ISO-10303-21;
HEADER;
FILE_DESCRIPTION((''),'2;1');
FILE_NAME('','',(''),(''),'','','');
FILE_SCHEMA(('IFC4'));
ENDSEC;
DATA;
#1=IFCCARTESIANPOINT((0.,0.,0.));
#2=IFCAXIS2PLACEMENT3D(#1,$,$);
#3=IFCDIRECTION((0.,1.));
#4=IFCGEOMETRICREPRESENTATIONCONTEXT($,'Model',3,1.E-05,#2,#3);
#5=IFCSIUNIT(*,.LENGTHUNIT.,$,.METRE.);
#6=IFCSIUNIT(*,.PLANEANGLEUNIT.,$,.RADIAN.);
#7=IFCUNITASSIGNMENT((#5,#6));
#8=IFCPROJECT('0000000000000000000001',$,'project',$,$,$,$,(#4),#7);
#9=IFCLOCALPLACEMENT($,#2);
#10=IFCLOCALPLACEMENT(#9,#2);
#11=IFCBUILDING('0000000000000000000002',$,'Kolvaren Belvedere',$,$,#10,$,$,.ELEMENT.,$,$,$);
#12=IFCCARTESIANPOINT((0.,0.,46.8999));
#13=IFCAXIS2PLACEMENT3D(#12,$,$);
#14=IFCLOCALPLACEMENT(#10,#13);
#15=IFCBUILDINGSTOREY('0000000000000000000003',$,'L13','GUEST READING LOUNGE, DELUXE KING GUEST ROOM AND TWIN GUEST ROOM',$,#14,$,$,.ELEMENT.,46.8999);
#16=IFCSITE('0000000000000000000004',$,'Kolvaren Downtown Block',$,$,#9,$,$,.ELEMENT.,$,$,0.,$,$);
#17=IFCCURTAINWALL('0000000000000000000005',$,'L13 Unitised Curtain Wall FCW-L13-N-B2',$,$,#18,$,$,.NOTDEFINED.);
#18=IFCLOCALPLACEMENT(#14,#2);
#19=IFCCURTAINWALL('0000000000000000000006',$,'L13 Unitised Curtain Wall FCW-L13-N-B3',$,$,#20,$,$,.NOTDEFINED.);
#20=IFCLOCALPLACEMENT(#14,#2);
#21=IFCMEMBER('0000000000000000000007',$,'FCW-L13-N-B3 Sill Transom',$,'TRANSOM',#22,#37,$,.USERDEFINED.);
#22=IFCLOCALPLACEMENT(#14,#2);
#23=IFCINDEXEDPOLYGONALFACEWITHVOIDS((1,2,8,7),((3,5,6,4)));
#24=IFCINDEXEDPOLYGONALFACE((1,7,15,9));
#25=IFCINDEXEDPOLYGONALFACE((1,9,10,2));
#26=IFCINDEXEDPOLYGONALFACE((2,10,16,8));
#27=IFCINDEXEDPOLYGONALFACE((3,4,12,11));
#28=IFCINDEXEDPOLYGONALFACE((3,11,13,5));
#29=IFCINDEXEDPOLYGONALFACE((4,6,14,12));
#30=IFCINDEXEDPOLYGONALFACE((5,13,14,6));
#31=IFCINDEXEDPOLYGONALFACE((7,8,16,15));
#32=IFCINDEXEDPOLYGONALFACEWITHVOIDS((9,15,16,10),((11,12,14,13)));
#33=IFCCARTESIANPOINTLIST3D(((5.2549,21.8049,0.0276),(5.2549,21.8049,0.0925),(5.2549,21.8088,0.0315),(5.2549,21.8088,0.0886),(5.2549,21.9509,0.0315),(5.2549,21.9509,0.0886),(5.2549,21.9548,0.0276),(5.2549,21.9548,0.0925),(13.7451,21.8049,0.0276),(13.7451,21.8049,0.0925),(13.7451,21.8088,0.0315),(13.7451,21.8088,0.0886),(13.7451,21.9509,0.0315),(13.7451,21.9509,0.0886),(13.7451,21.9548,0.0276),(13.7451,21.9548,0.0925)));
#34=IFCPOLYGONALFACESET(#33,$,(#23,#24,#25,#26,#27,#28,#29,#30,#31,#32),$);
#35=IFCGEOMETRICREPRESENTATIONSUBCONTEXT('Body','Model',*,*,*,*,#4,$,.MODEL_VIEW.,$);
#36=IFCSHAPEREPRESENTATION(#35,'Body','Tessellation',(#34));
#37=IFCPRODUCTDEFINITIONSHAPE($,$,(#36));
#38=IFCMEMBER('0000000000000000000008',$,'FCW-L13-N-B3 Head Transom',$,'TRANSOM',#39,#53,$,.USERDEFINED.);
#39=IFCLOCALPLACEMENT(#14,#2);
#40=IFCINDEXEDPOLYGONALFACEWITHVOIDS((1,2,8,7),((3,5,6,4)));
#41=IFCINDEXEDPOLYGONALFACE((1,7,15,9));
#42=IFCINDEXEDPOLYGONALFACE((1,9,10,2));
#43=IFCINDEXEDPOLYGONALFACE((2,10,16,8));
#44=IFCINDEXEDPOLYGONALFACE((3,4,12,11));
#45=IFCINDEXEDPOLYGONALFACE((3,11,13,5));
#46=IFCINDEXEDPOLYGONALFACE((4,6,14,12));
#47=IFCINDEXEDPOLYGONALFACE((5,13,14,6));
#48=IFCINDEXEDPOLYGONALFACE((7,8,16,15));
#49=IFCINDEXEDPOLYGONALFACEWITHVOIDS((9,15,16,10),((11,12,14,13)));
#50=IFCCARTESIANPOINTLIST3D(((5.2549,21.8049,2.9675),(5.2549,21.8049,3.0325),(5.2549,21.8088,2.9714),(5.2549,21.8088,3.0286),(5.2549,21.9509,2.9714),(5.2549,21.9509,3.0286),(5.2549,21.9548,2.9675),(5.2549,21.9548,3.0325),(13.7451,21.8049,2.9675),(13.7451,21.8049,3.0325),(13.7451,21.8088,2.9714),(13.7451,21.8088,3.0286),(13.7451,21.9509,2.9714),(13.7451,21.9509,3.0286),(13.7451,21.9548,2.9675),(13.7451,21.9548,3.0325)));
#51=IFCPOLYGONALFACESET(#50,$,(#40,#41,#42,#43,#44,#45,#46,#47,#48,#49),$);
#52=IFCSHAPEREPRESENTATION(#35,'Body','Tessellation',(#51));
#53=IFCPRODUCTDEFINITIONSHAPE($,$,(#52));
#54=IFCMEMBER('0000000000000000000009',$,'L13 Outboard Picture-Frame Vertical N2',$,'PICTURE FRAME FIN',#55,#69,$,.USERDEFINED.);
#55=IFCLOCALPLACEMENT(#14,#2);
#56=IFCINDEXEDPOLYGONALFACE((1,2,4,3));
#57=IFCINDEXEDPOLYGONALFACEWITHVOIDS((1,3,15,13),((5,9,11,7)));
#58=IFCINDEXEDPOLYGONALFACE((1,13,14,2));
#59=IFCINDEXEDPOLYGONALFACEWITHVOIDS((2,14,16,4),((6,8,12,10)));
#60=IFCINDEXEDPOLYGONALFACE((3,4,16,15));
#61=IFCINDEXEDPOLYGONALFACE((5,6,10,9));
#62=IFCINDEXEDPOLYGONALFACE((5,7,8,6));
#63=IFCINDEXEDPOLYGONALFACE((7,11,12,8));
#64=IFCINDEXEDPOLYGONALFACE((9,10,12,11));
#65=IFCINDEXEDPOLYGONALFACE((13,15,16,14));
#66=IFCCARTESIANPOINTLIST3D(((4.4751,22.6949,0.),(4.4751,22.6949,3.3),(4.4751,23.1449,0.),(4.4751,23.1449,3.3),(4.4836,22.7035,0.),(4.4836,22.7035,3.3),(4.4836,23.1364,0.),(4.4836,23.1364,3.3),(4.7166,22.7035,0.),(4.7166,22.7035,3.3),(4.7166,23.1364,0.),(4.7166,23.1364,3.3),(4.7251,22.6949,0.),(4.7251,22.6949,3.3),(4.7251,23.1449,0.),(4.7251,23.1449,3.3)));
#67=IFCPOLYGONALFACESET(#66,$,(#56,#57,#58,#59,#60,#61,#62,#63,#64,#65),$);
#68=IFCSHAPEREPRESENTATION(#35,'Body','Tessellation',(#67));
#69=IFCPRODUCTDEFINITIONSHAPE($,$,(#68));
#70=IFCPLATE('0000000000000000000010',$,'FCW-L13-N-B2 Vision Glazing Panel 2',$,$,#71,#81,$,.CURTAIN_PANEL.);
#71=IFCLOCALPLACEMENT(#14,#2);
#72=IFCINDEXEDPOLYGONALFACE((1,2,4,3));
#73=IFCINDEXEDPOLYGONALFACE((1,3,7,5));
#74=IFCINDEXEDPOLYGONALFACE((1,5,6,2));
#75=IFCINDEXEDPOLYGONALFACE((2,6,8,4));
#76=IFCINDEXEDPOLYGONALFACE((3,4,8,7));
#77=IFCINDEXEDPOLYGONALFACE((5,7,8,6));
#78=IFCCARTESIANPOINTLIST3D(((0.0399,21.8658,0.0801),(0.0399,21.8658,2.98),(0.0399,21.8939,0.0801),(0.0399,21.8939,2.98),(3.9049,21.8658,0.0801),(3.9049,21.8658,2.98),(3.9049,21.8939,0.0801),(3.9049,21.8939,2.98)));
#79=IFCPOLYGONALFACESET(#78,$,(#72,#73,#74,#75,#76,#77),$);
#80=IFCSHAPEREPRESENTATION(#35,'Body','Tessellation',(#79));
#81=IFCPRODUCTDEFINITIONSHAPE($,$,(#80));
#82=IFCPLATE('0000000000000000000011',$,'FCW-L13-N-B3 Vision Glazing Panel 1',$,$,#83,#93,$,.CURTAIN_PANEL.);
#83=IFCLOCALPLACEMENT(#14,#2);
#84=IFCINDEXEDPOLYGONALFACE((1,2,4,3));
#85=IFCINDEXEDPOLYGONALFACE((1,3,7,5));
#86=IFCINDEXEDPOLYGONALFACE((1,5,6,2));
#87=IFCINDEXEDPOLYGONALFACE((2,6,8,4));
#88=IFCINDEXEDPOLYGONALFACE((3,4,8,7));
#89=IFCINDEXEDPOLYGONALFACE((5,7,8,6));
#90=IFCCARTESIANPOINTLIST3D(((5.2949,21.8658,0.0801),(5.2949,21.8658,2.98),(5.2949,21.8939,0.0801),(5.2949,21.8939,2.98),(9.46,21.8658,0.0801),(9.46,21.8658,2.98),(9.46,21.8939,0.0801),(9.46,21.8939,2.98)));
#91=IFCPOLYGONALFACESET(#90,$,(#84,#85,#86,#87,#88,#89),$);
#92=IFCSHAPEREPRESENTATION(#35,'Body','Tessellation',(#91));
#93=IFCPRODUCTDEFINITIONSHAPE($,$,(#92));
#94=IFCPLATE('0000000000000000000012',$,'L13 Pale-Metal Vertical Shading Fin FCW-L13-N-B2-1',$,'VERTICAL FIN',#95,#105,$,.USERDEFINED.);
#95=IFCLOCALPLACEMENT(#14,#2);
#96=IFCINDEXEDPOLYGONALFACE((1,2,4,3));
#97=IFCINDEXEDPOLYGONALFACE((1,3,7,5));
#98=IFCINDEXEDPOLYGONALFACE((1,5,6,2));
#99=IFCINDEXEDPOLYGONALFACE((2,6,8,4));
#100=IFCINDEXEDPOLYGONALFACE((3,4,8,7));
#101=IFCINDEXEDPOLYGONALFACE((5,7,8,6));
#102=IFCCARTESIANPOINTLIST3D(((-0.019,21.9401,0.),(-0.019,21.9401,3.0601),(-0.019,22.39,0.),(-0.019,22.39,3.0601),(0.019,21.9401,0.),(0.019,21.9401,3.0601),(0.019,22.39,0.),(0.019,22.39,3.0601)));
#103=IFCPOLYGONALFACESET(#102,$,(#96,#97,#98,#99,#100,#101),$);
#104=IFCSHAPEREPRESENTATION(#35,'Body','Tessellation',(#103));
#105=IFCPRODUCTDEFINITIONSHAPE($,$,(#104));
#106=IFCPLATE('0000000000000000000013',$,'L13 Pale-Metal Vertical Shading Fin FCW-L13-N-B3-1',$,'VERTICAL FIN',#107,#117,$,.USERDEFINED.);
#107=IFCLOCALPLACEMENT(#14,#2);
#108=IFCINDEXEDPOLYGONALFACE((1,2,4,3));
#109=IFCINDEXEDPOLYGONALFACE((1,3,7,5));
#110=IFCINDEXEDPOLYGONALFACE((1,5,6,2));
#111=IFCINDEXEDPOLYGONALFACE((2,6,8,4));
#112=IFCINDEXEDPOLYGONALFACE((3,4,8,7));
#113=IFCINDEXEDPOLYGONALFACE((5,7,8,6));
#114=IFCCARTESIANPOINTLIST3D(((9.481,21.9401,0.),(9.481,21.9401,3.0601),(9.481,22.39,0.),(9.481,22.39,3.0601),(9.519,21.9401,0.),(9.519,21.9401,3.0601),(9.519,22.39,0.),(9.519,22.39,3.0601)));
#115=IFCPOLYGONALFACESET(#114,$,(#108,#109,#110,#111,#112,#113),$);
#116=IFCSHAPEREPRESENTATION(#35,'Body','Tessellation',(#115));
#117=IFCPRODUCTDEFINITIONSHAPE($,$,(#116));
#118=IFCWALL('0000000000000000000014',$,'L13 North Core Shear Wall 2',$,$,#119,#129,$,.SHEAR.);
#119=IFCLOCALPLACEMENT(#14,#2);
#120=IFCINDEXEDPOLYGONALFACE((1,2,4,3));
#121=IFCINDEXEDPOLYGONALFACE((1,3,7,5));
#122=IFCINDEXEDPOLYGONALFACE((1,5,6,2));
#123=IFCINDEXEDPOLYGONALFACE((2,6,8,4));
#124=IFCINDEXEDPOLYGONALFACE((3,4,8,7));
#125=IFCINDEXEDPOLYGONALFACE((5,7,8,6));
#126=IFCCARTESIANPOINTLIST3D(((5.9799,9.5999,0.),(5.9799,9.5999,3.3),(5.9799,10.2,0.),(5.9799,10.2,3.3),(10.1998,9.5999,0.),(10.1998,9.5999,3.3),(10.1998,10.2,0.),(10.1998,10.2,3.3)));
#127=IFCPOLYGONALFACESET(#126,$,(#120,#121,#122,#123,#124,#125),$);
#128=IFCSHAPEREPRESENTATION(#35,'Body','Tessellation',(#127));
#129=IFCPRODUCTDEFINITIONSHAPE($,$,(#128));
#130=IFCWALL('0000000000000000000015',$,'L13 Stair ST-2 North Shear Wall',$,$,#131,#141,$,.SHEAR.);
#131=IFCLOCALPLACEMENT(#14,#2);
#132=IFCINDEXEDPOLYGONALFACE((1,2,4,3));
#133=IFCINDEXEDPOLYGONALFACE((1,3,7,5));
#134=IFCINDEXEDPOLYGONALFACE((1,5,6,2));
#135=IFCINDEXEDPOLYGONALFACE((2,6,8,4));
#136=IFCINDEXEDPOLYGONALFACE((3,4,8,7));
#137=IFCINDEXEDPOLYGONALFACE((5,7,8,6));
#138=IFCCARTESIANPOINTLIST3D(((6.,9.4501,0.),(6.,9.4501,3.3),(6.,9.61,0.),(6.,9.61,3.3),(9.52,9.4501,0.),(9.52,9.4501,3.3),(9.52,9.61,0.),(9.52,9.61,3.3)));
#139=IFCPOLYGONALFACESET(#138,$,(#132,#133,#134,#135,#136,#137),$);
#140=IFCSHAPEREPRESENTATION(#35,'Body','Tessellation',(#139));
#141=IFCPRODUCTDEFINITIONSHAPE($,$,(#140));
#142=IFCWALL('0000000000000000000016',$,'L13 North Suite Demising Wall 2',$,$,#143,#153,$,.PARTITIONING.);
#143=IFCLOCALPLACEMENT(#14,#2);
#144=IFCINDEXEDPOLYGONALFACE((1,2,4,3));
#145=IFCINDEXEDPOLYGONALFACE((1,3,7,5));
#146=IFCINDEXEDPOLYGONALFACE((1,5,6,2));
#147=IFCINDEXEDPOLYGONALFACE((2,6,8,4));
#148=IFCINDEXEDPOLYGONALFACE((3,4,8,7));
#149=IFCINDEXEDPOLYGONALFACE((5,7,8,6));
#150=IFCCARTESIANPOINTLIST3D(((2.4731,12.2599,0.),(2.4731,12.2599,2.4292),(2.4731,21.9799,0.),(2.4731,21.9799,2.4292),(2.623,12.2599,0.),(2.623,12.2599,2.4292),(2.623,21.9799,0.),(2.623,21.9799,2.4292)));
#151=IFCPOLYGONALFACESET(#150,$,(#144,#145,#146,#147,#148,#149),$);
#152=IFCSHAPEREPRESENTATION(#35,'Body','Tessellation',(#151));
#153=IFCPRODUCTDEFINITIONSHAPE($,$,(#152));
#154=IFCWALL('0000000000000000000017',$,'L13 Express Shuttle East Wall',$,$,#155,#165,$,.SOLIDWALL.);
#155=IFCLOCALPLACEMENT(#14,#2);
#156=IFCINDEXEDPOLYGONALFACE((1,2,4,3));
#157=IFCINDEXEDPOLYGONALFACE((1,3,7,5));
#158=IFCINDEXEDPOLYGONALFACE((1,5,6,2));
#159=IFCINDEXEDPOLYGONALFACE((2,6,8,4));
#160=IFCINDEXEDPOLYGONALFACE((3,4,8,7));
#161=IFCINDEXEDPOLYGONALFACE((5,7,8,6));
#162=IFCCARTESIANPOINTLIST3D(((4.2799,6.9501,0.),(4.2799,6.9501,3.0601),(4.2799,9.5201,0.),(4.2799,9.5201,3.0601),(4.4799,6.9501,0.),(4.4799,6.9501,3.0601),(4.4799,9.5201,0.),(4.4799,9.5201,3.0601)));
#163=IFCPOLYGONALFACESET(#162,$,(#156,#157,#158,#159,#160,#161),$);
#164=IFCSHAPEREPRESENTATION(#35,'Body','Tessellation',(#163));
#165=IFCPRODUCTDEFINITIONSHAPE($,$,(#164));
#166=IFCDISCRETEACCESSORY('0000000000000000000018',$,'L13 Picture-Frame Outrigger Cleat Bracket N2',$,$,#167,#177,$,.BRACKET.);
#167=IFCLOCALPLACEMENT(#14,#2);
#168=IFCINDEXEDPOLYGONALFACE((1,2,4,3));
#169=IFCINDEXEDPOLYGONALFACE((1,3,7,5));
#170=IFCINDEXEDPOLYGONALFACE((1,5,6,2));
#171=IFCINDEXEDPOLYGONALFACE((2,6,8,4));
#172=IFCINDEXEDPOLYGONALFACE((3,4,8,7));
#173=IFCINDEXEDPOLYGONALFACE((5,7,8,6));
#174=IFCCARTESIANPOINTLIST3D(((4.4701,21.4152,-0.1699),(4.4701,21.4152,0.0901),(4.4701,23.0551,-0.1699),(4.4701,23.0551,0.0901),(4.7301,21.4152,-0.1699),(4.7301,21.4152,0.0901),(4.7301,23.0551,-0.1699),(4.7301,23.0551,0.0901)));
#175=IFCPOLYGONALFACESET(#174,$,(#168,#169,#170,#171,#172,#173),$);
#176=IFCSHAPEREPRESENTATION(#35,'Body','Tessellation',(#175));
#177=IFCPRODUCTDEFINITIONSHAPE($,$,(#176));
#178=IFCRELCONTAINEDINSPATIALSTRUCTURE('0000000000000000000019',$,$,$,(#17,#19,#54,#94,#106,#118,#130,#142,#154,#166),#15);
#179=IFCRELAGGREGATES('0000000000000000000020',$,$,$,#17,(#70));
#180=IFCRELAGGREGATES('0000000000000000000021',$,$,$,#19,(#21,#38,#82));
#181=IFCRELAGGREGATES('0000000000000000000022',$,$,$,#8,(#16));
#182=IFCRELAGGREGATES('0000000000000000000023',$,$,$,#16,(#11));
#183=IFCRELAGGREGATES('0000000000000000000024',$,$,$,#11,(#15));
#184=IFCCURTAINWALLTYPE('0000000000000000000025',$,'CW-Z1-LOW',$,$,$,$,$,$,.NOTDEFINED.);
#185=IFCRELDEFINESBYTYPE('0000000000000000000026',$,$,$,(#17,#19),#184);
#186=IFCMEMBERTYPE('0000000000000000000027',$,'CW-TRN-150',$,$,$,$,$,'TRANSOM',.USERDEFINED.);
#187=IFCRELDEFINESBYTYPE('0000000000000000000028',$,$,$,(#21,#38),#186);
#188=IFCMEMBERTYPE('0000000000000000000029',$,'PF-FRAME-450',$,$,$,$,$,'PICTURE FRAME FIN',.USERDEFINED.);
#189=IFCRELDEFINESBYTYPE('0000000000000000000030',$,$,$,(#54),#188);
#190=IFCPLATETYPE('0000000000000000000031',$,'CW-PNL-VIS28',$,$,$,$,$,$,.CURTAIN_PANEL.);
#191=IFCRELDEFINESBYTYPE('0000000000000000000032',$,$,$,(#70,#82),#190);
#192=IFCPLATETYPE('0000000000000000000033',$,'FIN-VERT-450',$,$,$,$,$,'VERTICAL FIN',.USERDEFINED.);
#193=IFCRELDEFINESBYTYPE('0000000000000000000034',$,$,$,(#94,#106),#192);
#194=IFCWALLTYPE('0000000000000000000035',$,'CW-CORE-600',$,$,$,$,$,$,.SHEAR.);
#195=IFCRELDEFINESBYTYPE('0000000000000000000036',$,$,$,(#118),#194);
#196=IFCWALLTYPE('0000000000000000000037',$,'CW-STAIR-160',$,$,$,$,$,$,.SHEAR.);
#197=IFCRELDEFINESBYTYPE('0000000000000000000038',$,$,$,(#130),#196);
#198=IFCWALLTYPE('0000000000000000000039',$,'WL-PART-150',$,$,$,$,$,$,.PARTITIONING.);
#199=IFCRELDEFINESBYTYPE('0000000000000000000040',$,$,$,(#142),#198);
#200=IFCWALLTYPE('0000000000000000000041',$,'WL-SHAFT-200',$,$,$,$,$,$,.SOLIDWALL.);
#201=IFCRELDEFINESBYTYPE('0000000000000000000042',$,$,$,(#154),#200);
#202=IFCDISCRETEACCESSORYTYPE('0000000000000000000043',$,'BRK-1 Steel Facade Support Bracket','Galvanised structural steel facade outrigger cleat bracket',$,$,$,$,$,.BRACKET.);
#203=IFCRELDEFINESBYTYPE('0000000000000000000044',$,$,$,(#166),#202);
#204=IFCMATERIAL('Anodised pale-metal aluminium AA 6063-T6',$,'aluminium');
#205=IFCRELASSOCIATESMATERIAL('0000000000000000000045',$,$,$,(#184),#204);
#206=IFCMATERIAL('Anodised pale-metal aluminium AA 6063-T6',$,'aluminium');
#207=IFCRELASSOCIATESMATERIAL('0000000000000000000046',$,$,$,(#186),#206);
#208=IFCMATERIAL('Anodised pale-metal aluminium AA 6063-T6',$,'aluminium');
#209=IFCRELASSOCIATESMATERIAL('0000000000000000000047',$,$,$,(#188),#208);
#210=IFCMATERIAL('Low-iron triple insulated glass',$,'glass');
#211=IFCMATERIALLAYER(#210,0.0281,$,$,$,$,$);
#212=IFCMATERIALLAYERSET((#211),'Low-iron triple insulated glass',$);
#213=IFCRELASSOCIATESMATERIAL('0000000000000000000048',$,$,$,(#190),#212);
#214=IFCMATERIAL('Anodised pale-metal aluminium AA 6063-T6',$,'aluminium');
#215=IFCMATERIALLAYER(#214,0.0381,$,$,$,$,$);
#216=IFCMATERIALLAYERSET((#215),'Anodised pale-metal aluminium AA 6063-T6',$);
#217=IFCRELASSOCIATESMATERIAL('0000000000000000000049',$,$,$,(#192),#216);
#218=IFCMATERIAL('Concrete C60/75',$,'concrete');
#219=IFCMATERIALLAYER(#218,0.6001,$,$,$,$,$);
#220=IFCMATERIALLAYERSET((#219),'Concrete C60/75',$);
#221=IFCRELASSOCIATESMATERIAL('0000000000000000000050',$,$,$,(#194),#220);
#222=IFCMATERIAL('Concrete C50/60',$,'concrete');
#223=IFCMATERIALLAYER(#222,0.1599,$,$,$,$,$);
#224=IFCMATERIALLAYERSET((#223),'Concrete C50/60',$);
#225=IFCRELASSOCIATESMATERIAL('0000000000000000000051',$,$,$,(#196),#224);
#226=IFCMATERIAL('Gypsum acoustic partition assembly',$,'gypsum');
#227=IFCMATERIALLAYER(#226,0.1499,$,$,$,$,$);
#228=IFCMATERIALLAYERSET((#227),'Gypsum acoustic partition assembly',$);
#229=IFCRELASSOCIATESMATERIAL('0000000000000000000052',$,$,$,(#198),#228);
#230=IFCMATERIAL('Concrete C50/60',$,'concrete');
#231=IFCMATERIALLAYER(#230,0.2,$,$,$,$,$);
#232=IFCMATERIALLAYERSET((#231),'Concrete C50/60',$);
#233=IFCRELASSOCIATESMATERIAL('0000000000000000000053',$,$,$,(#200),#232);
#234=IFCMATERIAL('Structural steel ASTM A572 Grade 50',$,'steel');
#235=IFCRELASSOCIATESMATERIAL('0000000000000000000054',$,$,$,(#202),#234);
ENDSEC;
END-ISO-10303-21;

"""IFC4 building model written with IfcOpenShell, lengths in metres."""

from ifc_helpers import new_model, si_unit, direction, frame, frame_2d, origin, origin_2d, place, context, subcontext, project, spatial, rectangle, hollow_rectangle, extrude, material, layer, layer_set, material_profile, profile_set, type_object, element, aggregate, save


model = new_model("IFC4")

# Units and contexts
model_context = context("Model", 3, precision=1e-05, world=origin(), true_north=direction((0.0, 1.0)))
body_context = subcontext(model_context, "Body", "Model", "MODEL_VIEW")
ifc_project = project(units=[si_unit("LENGTHUNIT", "METRE"), si_unit("PLANEANGLEUNIT", "RADIAN")], contexts=[model_context])

# Site, building, storey
site_placement = place(None, origin())
site = spatial("IfcSite", under=ifc_project, at=site_placement, Name="Kolvaren Downtown Block", CompositionType="ELEMENT", RefElevation=0.0)
building_placement = place(site_placement, origin())
building = spatial("IfcBuilding", under=site, at=building_placement, Name="Kolvaren Belvedere", CompositionType="ELEMENT")
storey_placement = place(building_placement, frame((0.0, 0.0, 46.8999)))
storey = spatial("IfcBuildingStorey", under=building, at=storey_placement, Name="L13", Description="GUEST READING LOUNGE, DELUXE KING GUEST ROOM AND TWIN GUEST ROOM", CompositionType="ELEMENT", Elevation=46.8999)

# Curtain walls, members
ifc_material_1 = material(Name="Anodised pale-metal aluminium AA 6063-T6", Category="aluminium")
curtain_wall_type = type_object("IfcCurtainWallType", Name="CW-Z1-LOW", PredefinedType="NOTDEFINED", material=ifc_material_1)
curtain_wall_1_placement = place(storey_placement, origin())
curtain_wall_1 = element("IfcCurtainWall", 1, at=curtain_wall_1_placement, inside=storey, type_object=curtain_wall_type, Name="L13 Unitised Curtain Wall FCW-L13-N-B2", PredefinedType="NOTDEFINED")
curtain_wall_2_placement = place(storey_placement, origin())
curtain_wall_2 = element("IfcCurtainWall", 2, at=curtain_wall_2_placement, inside=storey, type_object=curtain_wall_type, Name="L13 Unitised Curtain Wall FCW-L13-N-B3", PredefinedType="NOTDEFINED")
ifc_material_2 = material(Name="Anodised pale-metal aluminium AA 6063-T6", Category="aluminium")
ifc_material_profile_1 = material_profile(ifc_material_2, hollow_rectangle(XDim=0.0649, YDim=0.1499, WallThickness=0.0039, at=origin_2d()), Name="ALU-TRN-150X65")
ifc_profile_set_1 = profile_set([ifc_material_profile_1], Name="Anodised pale-metal aluminium AA 6063-T6")
member_type_1 = type_object("IfcMemberType", Name="CW-TRN-150", ElementType="TRANSOM", PredefinedType="USERDEFINED", material=ifc_profile_set_1)
member_1_placement = place(storey_placement, frame((5.2549, 21.8799, 0.0601), z_axis=(1.0, 0.0, 0.0), x_axis=(0.0, 0.0, 1.0)))
member_1 = element("IfcMember", 3, at=member_1_placement, type_object=member_type_1, Name="FCW-L13-N-B3 Sill Transom", ObjectType="TRANSOM", PredefinedType="USERDEFINED", context=body_context, shape_type="SweptSolid", body=[
    extrude(hollow_rectangle(XDim=0.0649, YDim=0.1499, WallThickness=0.0039, at=origin_2d()), origin(), (0.0, 0.0, 1.0), 8.4902),
])
member_2_placement = place(storey_placement, frame((5.2549, 21.8799, 3.0), z_axis=(1.0, 0.0, 0.0), x_axis=(0.0, 0.0, 1.0)))
member_2 = element("IfcMember", 4, at=member_2_placement, type_object=member_type_1, Name="FCW-L13-N-B3 Head Transom", ObjectType="TRANSOM", PredefinedType="USERDEFINED", context=body_context, shape_type="SweptSolid", body=[
    extrude(hollow_rectangle(XDim=0.0649, YDim=0.1499, WallThickness=0.0039, at=origin_2d()), origin(), (0.0, 0.0, 1.0), 8.4902),
])

# Member
ifc_material_3 = material(Name="Anodised pale-metal aluminium AA 6063-T6", Category="aluminium")
ifc_material_profile_2 = material_profile(ifc_material_3, hollow_rectangle(XDim=0.25, YDim=0.45, WallThickness=0.0085, at=origin_2d()), Name="ALU-PF-450X250")
ifc_profile_set_2 = profile_set([ifc_material_profile_2], Name="Anodised pale-metal aluminium AA 6063-T6")
member_type_2 = type_object("IfcMemberType", Name="PF-FRAME-450", ElementType="PICTURE FRAME FIN", PredefinedType="USERDEFINED", material=ifc_profile_set_2)
member_3_placement = place(storey_placement, frame((4.6001, 22.9199, 0.0), z_axis=(0.0, 0.0, 1.0), x_axis=(1.0, 0.0, 0.0)))
element("IfcMember", 5, at=member_3_placement, inside=storey, type_object=member_type_2, Name="L13 Outboard Picture-Frame Vertical N2", ObjectType="PICTURE FRAME FIN", PredefinedType="USERDEFINED", context=body_context, shape_type="SweptSolid", body=[
    extrude(hollow_rectangle(XDim=0.25, YDim=0.45, WallThickness=0.0085, at=origin_2d()), origin(), (0.0, 0.0, 1.0), 3.3),
])

# Plates
ifc_material_4 = material(Name="Low-iron triple insulated glass", Category="glass")
ifc_layer_1 = layer(ifc_material_4, 0.0281)
ifc_layer_set_1 = layer_set([ifc_layer_1], Name="Low-iron triple insulated glass")
plate_type_1 = type_object("IfcPlateType", Name="CW-PNL-VIS28", PredefinedType="CURTAIN_PANEL", material=ifc_layer_set_1)
plate_1_placement = place(storey_placement, frame((1.9724, 21.8799, 0.0801), z_axis=(0.0, 0.0, 1.0), x_axis=(1.0, 0.0, 0.0)))
plate_1 = element("IfcPlate", 6, at=plate_1_placement, type_object=plate_type_1, Name="FCW-L13-N-B2 Vision Glazing Panel 2", PredefinedType="CURTAIN_PANEL", context=body_context, shape_type="SweptSolid", body=[
    extrude(rectangle(XDim=3.865, YDim=0.0281, at=origin_2d()), origin(), (0.0, 0.0, 1.0), 2.8999),
])
aggregate(curtain_wall_1, [plate_1])
plate_2_placement = place(storey_placement, frame((7.3774, 21.8799, 0.0801), z_axis=(0.0, 0.0, 1.0), x_axis=(1.0, 0.0, 0.0)))
plate_2 = element("IfcPlate", 7, at=plate_2_placement, type_object=plate_type_1, Name="FCW-L13-N-B3 Vision Glazing Panel 1", PredefinedType="CURTAIN_PANEL", context=body_context, shape_type="SweptSolid", body=[
    extrude(rectangle(XDim=4.165, YDim=0.0281, at=origin_2d()), origin(), (0.0, 0.0, 1.0), 2.8999),
])
aggregate(curtain_wall_2, [member_1, member_2, plate_2])

# Plates
ifc_material_5 = material(Name="Anodised pale-metal aluminium AA 6063-T6", Category="aluminium")
ifc_layer_2 = layer(ifc_material_5, 0.0381)
ifc_layer_set_2 = layer_set([ifc_layer_2], Name="Anodised pale-metal aluminium AA 6063-T6")
plate_type_2 = type_object("IfcPlateType", Name="FIN-VERT-450", ElementType="VERTICAL FIN", PredefinedType="USERDEFINED", material=ifc_layer_set_2)
for number, where, z_axis, x_axis, name in (
    (8, (0.0, 22.165, 0.0), (0.0, 0.0, 1.0), (0.0, 1.0, 0.0), "L13 Pale-Metal Vertical Shading Fin FCW-L13-N-B2-1"),
    (9, (9.5, 22.165, 0.0), (0.0, 0.0, 1.0), (0.0, 1.0, 0.0), "L13 Pale-Metal Vertical Shading Fin FCW-L13-N-B3-1"),
):
    element("IfcPlate", number, at=place(storey_placement, frame(where, z_axis=z_axis, x_axis=x_axis)), inside=storey, type_object=plate_type_2, Name=name, ObjectType="VERTICAL FIN", PredefinedType="USERDEFINED", context=body_context, shape_type="SweptSolid", body=[
        extrude(rectangle(XDim=0.45, YDim=0.0381, at=origin_2d()), origin(), (0.0, 0.0, 1.0), 3.0601),
    ])

# Walls
ifc_material_6 = material(Name="Concrete C60/75", Category="concrete")
ifc_layer_3 = layer(ifc_material_6, 0.6001)
ifc_layer_set_3 = layer_set([ifc_layer_3], Name="Concrete C60/75")
wall_type_1 = type_object("IfcWallType", Name="CW-CORE-600", PredefinedType="SHEAR", material=ifc_layer_set_3)
wall_1_placement = place(storey_placement, frame((5.98, 9.8999, 0.0), z_axis=(0.0, 0.0, 1.0), x_axis=(1.0, 0.0, 0.0)))
element("IfcWall", 10, at=wall_1_placement, inside=storey, type_object=wall_type_1, Name="L13 North Core Shear Wall 2", PredefinedType="SHEAR", context=body_context, shape_type="SweptSolid", body=[
    extrude(rectangle(XDim=4.22, YDim=0.6001, at=frame_2d((2.1099, 0.0))), origin(), (0.0, 0.0, 1.0), 3.3),
])
ifc_material_7 = material(Name="Concrete C50/60", Category="concrete")
ifc_layer_4 = layer(ifc_material_7, 0.1599)
ifc_layer_set_4 = layer_set([ifc_layer_4], Name="Concrete C50/60")
wall_type_2 = type_object("IfcWallType", Name="CW-STAIR-160", PredefinedType="SHEAR", material=ifc_layer_set_4)
wall_2_placement = place(storey_placement, frame((6.0, 9.53, 0.0), z_axis=(0.0, 0.0, 1.0), x_axis=(1.0, 0.0, 0.0)))
element("IfcWall", 11, at=wall_2_placement, inside=storey, type_object=wall_type_2, Name="L13 Stair ST-2 North Shear Wall", PredefinedType="SHEAR", context=body_context, shape_type="SweptSolid", body=[
    extrude(rectangle(XDim=3.52, YDim=0.1599, at=frame_2d((1.76, 0.0))), origin(), (0.0, 0.0, 1.0), 3.3),
])
ifc_material_8 = material(Name="Gypsum acoustic partition assembly", Category="gypsum")
ifc_layer_5 = layer(ifc_material_8, 0.1499)
ifc_layer_set_5 = layer_set([ifc_layer_5], Name="Gypsum acoustic partition assembly")
wall_type_3 = type_object("IfcWallType", Name="WL-PART-150", PredefinedType="PARTITIONING", material=ifc_layer_set_5)
wall_3_placement = place(storey_placement, frame((2.5481, 12.26, 0.0), z_axis=(0.0, 0.0, 1.0), x_axis=(0.0, 1.0, 0.0)))
element("IfcWall", 12, at=wall_3_placement, inside=storey, type_object=wall_type_3, Name="L13 North Suite Demising Wall 2", PredefinedType="PARTITIONING", context=body_context, shape_type="SweptSolid", body=[
    extrude(rectangle(XDim=9.72, YDim=0.1499, at=frame_2d((4.8599, 0.0))), origin(), (0.0, 0.0, 1.0), 2.4292),
])
ifc_material_9 = material(Name="Concrete C50/60", Category="concrete")
ifc_layer_6 = layer(ifc_material_9, 0.2)
ifc_layer_set_6 = layer_set([ifc_layer_6], Name="Concrete C50/60")
wall_type_4 = type_object("IfcWallType", Name="WL-SHAFT-200", PredefinedType="SOLIDWALL", material=ifc_layer_set_6)
wall_4_placement = place(storey_placement, frame((4.3799, 6.95, 0.0), z_axis=(0.0, 0.0, 1.0), x_axis=(0.0, 1.0, 0.0)))
element("IfcWall", 13, at=wall_4_placement, inside=storey, type_object=wall_type_4, Name="L13 Express Shuttle East Wall", PredefinedType="SOLIDWALL", context=body_context, shape_type="SweptSolid", body=[
    extrude(rectangle(XDim=2.5701, YDim=0.2, at=frame_2d((1.2852, 0.0))), origin(), (0.0, 0.0, 1.0), 3.0601),
])

# Discrete accessory
ifc_material_10 = material(Name="Structural steel ASTM A572 Grade 50", Category="steel")
discrete_accessory_type = type_object("IfcDiscreteAccessoryType", Name="BRK-1 Steel Facade Support Bracket", Description="Galvanised structural steel facade outrigger cleat bracket", PredefinedType="BRACKET", material=ifc_material_10)
discrete_accessory_placement = place(storey_placement, frame((4.6001, 22.2351, -0.1699), z_axis=(0.0, 0.0, 1.0), x_axis=(0.0, 1.0, 0.0)))
element("IfcDiscreteAccessory", 14, at=discrete_accessory_placement, inside=storey, type_object=discrete_accessory_type, Name="L13 Picture-Frame Outrigger Cleat Bracket N2", PredefinedType="BRACKET", context=body_context, shape_type="SweptSolid", body=[
    extrude(rectangle(XDim=1.6399, YDim=0.26, at=origin_2d()), origin(), (0.0, 0.0, 1.0), 0.26),
])

save(model, "model.ifc")
